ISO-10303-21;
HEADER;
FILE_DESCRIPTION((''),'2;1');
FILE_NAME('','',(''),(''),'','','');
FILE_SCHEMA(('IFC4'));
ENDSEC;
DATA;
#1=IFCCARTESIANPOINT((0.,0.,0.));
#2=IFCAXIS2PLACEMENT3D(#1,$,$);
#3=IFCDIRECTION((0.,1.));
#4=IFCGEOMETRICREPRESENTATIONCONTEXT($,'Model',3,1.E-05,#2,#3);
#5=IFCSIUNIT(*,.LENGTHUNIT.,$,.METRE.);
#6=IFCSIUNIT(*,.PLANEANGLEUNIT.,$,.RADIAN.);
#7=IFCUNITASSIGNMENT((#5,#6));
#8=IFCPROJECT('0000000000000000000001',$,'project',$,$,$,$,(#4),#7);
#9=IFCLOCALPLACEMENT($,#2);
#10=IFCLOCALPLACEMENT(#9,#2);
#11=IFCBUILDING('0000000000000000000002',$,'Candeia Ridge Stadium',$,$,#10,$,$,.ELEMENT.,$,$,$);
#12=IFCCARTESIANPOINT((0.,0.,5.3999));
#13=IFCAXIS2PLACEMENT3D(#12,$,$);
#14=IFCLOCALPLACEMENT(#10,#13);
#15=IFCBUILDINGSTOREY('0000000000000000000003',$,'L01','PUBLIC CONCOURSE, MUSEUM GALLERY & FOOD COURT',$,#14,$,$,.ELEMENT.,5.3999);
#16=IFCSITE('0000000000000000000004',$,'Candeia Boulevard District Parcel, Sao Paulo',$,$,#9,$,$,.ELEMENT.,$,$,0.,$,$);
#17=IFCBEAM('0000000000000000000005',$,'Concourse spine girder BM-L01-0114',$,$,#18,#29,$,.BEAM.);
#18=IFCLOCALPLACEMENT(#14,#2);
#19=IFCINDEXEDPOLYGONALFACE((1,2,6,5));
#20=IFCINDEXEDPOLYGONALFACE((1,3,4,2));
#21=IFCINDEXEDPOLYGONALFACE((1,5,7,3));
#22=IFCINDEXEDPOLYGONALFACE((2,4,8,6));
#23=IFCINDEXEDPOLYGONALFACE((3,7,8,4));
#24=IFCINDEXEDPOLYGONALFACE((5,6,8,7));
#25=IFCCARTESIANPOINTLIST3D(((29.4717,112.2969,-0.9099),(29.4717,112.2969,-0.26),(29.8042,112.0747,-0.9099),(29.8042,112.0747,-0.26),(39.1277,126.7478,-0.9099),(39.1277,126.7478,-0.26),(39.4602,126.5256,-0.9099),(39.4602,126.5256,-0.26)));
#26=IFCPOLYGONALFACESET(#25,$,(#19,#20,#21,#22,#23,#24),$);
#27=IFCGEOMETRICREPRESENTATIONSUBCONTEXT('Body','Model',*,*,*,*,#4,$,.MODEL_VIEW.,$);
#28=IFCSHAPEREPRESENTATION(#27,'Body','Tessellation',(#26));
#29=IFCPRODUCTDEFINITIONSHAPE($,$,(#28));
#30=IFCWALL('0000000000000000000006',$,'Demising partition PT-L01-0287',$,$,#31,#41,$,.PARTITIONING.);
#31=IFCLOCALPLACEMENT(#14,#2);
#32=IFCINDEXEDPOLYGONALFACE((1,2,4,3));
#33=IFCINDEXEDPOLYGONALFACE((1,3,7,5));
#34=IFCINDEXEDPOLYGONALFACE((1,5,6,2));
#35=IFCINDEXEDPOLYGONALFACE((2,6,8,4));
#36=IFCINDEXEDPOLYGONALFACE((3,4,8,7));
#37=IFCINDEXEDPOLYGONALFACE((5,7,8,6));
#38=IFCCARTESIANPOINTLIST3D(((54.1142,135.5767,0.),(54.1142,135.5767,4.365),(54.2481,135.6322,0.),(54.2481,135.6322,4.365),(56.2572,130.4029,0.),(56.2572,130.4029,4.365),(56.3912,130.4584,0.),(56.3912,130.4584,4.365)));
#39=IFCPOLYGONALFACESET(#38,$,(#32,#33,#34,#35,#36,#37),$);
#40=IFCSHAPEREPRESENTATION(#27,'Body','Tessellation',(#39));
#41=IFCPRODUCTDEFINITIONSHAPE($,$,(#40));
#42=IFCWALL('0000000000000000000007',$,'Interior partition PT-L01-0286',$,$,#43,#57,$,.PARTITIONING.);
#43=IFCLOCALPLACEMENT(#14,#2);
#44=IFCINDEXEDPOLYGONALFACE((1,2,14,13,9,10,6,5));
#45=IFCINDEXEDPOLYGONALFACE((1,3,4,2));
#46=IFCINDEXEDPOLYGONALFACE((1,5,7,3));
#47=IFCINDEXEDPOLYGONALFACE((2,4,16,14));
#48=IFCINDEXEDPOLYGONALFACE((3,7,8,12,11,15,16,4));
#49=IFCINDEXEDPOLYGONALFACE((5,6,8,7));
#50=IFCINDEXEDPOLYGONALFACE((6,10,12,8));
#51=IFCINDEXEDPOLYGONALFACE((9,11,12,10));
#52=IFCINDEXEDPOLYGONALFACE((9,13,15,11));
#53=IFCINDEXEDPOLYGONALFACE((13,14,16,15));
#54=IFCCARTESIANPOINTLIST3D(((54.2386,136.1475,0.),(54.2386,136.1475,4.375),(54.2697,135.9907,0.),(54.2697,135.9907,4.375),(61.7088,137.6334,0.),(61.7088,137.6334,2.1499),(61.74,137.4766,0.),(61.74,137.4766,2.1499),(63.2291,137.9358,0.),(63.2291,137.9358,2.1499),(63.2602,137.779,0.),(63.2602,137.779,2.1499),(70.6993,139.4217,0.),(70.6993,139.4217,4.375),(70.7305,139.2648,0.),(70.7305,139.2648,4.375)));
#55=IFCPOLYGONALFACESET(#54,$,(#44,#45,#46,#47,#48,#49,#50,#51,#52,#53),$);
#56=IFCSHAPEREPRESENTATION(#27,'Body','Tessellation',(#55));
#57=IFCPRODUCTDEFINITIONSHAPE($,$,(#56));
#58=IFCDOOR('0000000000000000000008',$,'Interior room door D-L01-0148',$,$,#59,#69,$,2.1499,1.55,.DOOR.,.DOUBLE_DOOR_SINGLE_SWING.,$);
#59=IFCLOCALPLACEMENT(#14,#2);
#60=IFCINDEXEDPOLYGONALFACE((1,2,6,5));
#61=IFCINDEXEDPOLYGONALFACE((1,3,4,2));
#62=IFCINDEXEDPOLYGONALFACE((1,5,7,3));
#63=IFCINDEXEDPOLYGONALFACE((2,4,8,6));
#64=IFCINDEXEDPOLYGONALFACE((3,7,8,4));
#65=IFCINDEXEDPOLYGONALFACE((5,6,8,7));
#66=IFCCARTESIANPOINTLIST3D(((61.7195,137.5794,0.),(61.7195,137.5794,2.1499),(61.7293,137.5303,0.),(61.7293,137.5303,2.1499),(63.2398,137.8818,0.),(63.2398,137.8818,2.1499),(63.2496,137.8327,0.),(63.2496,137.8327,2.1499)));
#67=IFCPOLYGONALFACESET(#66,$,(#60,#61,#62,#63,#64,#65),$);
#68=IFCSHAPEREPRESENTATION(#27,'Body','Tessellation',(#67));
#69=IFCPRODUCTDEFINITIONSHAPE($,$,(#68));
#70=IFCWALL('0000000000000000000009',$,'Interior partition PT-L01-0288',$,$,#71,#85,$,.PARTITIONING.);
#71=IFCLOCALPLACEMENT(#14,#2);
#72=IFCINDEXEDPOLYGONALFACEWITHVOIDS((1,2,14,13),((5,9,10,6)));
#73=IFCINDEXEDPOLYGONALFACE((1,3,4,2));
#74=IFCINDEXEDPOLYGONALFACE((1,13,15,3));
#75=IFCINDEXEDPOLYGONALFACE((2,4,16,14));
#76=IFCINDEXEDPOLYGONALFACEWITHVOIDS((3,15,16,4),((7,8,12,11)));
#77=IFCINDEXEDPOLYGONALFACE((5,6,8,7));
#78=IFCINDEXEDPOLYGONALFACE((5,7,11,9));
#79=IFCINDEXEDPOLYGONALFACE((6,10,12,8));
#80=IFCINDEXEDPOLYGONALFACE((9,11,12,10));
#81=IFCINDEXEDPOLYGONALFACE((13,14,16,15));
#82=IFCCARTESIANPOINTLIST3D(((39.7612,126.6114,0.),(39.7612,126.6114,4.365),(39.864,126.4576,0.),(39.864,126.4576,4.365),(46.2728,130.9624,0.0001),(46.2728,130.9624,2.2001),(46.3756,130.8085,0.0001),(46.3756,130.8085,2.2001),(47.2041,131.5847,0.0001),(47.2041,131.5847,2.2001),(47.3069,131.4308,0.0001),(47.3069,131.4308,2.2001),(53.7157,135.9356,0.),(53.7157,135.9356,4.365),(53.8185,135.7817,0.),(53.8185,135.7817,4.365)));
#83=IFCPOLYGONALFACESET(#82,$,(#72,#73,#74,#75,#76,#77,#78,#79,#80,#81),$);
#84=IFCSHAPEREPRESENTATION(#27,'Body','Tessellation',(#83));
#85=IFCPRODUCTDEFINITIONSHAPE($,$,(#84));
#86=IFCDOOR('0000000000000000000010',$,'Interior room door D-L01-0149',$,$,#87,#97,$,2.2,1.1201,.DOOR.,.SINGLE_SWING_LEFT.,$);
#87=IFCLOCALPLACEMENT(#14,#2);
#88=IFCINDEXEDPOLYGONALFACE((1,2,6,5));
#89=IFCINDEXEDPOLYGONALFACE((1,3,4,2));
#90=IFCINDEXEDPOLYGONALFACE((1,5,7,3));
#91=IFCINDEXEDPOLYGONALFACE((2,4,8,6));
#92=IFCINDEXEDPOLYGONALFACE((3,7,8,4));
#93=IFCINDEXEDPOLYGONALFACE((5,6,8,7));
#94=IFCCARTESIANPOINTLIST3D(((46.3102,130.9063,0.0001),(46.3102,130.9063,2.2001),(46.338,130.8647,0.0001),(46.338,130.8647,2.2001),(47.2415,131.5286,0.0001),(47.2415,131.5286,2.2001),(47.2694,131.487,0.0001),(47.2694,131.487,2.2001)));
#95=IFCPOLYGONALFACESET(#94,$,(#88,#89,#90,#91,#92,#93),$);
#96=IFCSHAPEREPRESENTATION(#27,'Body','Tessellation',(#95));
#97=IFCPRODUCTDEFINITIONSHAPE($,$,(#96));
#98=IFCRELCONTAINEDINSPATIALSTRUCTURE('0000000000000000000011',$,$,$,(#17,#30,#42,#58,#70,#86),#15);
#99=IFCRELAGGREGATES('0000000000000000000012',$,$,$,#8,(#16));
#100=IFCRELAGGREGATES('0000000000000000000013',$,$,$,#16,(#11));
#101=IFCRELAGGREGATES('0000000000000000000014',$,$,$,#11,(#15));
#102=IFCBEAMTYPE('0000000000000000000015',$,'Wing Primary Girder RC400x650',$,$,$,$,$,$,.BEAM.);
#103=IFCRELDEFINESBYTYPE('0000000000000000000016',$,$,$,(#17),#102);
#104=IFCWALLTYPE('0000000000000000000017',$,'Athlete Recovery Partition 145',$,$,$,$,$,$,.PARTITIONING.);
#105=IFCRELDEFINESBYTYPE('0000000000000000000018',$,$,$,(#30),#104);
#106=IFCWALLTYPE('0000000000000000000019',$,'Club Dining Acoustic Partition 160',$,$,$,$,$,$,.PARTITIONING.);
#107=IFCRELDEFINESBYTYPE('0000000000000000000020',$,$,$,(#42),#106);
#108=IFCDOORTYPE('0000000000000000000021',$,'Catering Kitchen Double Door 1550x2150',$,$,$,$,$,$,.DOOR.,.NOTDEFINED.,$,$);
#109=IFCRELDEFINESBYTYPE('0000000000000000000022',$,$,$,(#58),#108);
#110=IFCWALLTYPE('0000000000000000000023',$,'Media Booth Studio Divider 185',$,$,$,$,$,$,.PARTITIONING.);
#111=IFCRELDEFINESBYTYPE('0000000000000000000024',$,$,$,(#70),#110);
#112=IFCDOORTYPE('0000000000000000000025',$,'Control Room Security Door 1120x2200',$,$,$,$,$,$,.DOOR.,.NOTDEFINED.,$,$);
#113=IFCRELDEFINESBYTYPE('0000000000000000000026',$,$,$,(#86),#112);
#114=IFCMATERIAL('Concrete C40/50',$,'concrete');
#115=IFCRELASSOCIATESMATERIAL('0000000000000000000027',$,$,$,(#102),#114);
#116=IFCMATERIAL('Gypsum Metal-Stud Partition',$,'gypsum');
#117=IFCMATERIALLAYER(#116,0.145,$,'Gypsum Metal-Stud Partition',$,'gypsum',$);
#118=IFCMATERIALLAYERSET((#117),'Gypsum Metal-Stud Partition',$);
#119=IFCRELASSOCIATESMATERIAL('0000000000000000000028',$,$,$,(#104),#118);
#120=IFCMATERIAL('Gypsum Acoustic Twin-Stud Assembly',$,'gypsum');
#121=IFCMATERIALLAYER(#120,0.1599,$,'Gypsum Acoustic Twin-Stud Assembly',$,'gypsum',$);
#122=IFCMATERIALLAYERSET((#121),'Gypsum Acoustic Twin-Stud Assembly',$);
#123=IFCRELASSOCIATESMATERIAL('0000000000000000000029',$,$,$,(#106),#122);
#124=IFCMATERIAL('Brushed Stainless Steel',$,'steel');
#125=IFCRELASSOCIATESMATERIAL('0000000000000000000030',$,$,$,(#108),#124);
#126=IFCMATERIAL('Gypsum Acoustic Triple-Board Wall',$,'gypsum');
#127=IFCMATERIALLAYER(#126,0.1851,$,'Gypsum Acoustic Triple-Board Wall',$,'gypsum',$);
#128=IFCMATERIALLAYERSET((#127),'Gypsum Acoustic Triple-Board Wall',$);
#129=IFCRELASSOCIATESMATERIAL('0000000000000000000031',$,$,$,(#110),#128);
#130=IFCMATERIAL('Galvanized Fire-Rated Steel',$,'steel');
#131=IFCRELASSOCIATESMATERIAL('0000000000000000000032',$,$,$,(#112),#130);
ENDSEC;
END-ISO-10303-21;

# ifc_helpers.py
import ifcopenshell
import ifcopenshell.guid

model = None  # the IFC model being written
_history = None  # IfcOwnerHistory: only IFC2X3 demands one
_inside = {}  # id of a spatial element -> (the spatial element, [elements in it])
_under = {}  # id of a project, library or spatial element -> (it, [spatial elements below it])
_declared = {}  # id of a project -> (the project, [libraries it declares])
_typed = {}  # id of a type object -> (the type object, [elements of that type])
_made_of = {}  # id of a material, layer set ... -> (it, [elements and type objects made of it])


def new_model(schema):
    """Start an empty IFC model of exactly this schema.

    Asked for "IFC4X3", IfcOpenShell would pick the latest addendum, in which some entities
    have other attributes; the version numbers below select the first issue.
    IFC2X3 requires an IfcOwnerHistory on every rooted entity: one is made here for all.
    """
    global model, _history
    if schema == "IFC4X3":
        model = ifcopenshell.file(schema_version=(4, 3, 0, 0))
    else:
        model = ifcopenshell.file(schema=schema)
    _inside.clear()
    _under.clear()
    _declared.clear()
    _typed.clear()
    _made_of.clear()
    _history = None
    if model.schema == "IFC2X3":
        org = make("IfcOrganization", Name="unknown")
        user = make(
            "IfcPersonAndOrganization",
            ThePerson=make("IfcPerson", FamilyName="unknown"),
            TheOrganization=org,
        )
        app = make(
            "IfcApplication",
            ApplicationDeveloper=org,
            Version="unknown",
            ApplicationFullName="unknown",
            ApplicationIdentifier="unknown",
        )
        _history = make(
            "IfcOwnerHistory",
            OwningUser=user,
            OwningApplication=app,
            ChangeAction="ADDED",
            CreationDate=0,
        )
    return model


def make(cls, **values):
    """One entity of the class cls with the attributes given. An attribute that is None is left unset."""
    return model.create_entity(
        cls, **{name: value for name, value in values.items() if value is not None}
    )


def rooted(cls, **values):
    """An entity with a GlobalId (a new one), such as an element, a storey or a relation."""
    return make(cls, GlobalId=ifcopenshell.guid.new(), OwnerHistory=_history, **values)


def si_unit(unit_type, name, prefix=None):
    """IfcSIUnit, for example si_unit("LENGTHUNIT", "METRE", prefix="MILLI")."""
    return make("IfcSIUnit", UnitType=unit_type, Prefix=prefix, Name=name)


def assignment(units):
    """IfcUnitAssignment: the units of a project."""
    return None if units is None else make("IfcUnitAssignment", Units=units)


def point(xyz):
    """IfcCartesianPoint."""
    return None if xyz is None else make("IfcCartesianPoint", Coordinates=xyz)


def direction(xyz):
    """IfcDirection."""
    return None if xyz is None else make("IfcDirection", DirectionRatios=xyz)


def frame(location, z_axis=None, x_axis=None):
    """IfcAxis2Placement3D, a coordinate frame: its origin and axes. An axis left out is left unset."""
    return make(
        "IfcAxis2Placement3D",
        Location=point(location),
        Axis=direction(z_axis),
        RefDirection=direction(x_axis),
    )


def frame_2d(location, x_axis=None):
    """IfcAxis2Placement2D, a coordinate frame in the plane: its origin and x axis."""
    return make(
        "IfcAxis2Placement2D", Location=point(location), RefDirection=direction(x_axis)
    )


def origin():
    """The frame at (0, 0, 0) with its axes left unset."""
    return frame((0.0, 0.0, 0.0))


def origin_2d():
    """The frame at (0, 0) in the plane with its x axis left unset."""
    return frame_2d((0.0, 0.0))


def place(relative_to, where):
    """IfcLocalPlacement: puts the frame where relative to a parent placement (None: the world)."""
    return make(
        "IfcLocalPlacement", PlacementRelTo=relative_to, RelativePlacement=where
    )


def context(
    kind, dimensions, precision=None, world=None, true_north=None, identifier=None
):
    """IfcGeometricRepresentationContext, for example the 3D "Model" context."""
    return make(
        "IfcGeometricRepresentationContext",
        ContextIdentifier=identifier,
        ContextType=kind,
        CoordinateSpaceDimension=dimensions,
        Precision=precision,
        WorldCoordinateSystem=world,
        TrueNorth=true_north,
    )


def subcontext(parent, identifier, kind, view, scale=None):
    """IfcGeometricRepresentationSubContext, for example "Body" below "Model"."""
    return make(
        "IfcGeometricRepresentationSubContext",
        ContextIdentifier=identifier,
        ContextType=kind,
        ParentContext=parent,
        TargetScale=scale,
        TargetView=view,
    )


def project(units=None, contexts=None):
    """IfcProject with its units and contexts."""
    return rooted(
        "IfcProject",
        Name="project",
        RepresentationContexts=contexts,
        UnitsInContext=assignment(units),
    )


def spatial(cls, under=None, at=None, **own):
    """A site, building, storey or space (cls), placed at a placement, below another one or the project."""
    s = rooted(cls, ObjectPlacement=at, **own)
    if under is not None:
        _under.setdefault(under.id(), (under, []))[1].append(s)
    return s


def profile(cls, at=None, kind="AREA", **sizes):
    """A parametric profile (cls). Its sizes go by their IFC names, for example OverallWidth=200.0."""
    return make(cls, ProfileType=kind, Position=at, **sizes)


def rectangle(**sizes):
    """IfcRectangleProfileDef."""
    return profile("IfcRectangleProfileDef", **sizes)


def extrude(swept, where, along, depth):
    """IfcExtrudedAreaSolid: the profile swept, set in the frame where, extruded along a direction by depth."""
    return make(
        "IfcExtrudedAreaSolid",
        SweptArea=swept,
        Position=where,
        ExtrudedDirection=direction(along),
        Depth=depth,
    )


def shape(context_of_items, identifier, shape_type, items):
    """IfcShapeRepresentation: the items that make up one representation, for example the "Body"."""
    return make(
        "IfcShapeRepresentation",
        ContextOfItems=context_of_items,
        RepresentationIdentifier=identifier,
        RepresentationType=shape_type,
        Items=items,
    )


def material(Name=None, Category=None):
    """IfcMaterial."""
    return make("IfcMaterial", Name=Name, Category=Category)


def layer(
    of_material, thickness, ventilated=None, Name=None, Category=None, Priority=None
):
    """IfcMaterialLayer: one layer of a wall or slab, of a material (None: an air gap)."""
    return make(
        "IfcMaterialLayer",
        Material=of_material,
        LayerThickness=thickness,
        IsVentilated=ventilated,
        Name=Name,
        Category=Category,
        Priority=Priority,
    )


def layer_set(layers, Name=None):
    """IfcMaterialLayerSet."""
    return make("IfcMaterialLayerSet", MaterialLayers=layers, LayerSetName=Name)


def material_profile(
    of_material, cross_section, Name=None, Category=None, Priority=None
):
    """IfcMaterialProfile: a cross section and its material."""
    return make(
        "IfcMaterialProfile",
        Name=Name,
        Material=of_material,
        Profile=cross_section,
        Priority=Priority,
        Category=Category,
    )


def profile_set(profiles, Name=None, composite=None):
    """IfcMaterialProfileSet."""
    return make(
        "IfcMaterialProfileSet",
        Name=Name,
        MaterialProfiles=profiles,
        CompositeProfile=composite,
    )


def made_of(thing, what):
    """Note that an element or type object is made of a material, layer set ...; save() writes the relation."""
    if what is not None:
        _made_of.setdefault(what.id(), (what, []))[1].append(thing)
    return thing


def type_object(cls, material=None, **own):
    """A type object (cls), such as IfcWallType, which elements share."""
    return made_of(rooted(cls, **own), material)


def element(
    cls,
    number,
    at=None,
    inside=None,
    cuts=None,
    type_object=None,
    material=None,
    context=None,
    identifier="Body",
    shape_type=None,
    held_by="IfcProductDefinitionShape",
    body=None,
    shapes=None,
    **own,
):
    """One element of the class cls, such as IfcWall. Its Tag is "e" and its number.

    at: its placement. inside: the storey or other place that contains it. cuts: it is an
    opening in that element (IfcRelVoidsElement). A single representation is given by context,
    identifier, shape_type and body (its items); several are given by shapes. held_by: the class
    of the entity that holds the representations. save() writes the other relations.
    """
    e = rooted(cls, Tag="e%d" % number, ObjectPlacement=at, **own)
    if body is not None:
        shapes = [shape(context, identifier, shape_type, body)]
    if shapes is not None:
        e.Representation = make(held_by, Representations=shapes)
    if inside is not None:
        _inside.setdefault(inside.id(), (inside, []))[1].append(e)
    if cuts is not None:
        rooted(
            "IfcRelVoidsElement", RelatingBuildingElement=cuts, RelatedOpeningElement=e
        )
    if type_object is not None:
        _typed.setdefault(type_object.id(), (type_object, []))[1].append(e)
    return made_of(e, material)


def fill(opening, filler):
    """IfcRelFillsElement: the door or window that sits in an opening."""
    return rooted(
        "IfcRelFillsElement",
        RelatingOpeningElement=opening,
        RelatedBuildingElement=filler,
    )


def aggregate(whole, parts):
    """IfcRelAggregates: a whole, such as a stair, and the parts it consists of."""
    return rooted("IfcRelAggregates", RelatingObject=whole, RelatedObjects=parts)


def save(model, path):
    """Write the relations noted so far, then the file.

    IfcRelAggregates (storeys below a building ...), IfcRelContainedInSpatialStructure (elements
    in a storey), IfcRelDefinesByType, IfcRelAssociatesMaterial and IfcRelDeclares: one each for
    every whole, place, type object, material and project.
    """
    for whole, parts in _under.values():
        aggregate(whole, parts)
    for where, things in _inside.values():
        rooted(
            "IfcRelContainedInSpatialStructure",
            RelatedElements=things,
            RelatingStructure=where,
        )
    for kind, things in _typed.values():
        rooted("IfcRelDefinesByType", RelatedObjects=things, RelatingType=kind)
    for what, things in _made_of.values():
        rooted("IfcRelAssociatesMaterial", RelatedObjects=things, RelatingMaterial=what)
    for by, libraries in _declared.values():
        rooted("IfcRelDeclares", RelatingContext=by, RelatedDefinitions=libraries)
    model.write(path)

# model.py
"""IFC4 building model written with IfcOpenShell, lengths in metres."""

from ifc_helpers import new_model, si_unit, direction, frame, frame_2d, origin, origin_2d, place, context, subcontext, project, spatial, rectangle, extrude, material, layer, layer_set, material_profile, profile_set, type_object, element, fill, save


model = new_model("IFC4")

# Units and contexts
model_context = context("Model", 3, precision=1e-05, world=origin(), true_north=direction((0.0, 1.0)))
body_context = subcontext(model_context, "Body", "Model", "MODEL_VIEW")
ifc_project = project(units=[si_unit("LENGTHUNIT", "METRE"), si_unit("PLANEANGLEUNIT", "RADIAN")], contexts=[model_context])

# Site, building, storey
site_placement = place(None, origin())
site = spatial("IfcSite", under=ifc_project, at=site_placement, Name="Candeia Boulevard District Parcel, Sao Paulo", CompositionType="ELEMENT", RefElevation=0.0)
building_placement = place(site_placement, origin())
building = spatial("IfcBuilding", under=site, at=building_placement, Name="Candeia Ridge Stadium", CompositionType="ELEMENT")
storey_placement = place(building_placement, frame((0.0, 0.0, 5.3999)))
storey = spatial("IfcBuildingStorey", under=building, at=storey_placement, Name="L01", Description="PUBLIC CONCOURSE, MUSEUM GALLERY & FOOD COURT", CompositionType="ELEMENT", Elevation=5.3999)

# Shared definitions
ifc_material_1 = material(Name="Concrete C40/50", Category="concrete")

# Beam
ifc_material_profile_1 = material_profile(ifc_material_1, rectangle(XDim=0.3999, YDim=0.6499, at=origin_2d()), Name="RC400x650", Category="concrete")
ifc_profile_set_1 = profile_set([ifc_material_profile_1], Name="Concrete C40/50")
beam_type_1 = type_object("IfcBeamType", Name="Wing Primary Girder RC400x650", PredefinedType="BEAM", material=ifc_profile_set_1)
beam_1_placement = place(storey_placement, frame((39.2939, 126.6367, -0.585), z_axis=(-0.555578, -0.831464, 0.0), x_axis=(0.831464, -0.555578, 0.0)))
element("IfcBeam", 1, at=beam_1_placement, inside=storey, type_object=beam_type_1, Name="Concourse spine girder BM-L01-0114", PredefinedType="BEAM", context=body_context, shape_type="SweptSolid", body=[
    extrude(rectangle(XDim=0.3999, YDim=0.6499, at=origin_2d()), origin(), (0.0, 0.0, 1.0), 17.3801),
])

# Wall
ifc_material_2 = material(Name="Gypsum Metal-Stud Partition", Category="gypsum")
ifc_layer_1 = layer(ifc_material_2, 0.145, Name="Gypsum Metal-Stud Partition", Category="gypsum")
ifc_layer_set_1 = layer_set([ifc_layer_1], Name="Gypsum Metal-Stud Partition")
wall_type_1 = type_object("IfcWallType", Name="Athlete Recovery Partition 145", PredefinedType="PARTITIONING", material=ifc_layer_set_1)
wall_1_placement = place(storey_placement, frame((56.3242, 130.4307, 0.0), z_axis=(0.0, 0.0, 1.0), x_axis=(-0.382683, 0.92388, 0.0)))
element("IfcWall", 2, at=wall_1_placement, inside=storey, type_object=wall_type_1, Name="Demising partition PT-L01-0287", PredefinedType="PARTITIONING", context=body_context, shape_type="SweptSolid", body=[
    extrude(rectangle(XDim=5.6001, YDim=0.145, at=frame_2d((2.8, 0.0))), origin(), (0.0, 0.0, 1.0), 4.365),
])

# Walls, openings, doors
ifc_material_3 = material(Name="Gypsum Acoustic Twin-Stud Assembly", Category="gypsum")
ifc_layer_2 = layer(ifc_material_3, 0.1599, Name="Gypsum Acoustic Twin-Stud Assembly", Category="gypsum")
ifc_layer_set_2 = layer_set([ifc_layer_2], Name="Gypsum Acoustic Twin-Stud Assembly")
wall_type_2 = type_object("IfcWallType", Name="Club Dining Acoustic Partition 160", PredefinedType="PARTITIONING", material=ifc_layer_set_2)
wall_2_placement = place(storey_placement, frame((54.2542, 136.0691, 0.0), z_axis=(0.0, 0.0, 1.0), x_axis=(0.980786, 0.195087, 0.0)))
wall_2 = element("IfcWall", 3, at=wall_2_placement, inside=storey, type_object=wall_type_2, Name="Interior partition PT-L01-0286", PredefinedType="PARTITIONING", context=body_context, shape_type="SweptSolid", body=[
    extrude(rectangle(XDim=16.7832, YDim=0.1599, at=frame_2d((8.3916, 0.0))), origin(), (0.0, 0.0, 1.0), 4.375),
])
opening_1_placement = place(wall_2_placement, frame((7.6167, 0.0, 0.0)))
opening_1 = element("IfcOpeningElement", 4, at=opening_1_placement, cuts=wall_2, PredefinedType="OPENING", context=body_context, shape_type="SweptSolid", body=[
    extrude(rectangle(XDim=1.55, YDim=2.1499, at=frame_2d((0.7749, 1.075))), frame((0.0, 0.0898, 0.0), z_axis=(0.0, -1.0, 0.0), x_axis=(1.0, 0.0, 0.0)), (0.0, 0.0, 1.0), 0.1799),
])
ifc_material_4 = material(Name="Brushed Stainless Steel", Category="steel")
door_type_1 = type_object("IfcDoorType", Name="Catering Kitchen Double Door 1550x2150", OperationType="NOTDEFINED", PredefinedType="DOOR", material=ifc_material_4)
door_1_placement = place(opening_1_placement, origin())
door_1 = element("IfcDoor", 5, at=door_1_placement, inside=storey, type_object=door_type_1, Name="Interior room door D-L01-0148", OperationType="DOUBLE_DOOR_SINGLE_SWING", OverallHeight=2.1499, OverallWidth=1.55, PredefinedType="DOOR", context=body_context, shape_type="SweptSolid", body=[
    extrude(rectangle(XDim=1.55, YDim=2.1499, at=frame_2d((0.7749, 1.075))), frame((0.0, 0.0249, 0.0), z_axis=(0.0, -1.0, 0.0), x_axis=(1.0, 0.0, 0.0)), (0.0, 0.0, 1.0), 0.05),
])
fill(opening_1, door_1)
ifc_material_5 = material(Name="Gypsum Acoustic Triple-Board Wall", Category="gypsum")
ifc_layer_3 = layer(ifc_material_5, 0.1851, Name="Gypsum Acoustic Triple-Board Wall", Category="gypsum")
ifc_layer_set_3 = layer_set([ifc_layer_3], Name="Gypsum Acoustic Triple-Board Wall")
wall_type_3 = type_object("IfcWallType", Name="Media Booth Studio Divider 185", PredefinedType="PARTITIONING", material=ifc_layer_set_3)
wall_3_placement = place(storey_placement, frame((39.8125, 126.5344, 0.0), z_axis=(0.0, 0.0, 1.0), x_axis=(0.831468, 0.555573, 0.0)))
wall_3 = element("IfcWall", 6, at=wall_3_placement, inside=storey, type_object=wall_type_3, Name="Interior partition PT-L01-0288", PredefinedType="PARTITIONING", context=body_context, shape_type="SweptSolid", body=[
    extrude(rectangle(XDim=16.783, YDim=0.1851, at=frame_2d((8.3916, 0.0))), origin(), (0.0, 0.0, 1.0), 4.365),
])
opening_2_placement = place(wall_3_placement, frame((7.8315, 0.0, 0.0)))
opening_2 = element("IfcOpeningElement", 7, at=opening_2_placement, cuts=wall_3, PredefinedType="OPENING", context=body_context, shape_type="SweptSolid", body=[
    extrude(rectangle(XDim=1.1201, YDim=2.2, at=frame_2d((0.5601, 1.1001))), frame((0.0, 0.1025, 0.0), z_axis=(0.0, -1.0, 0.0), x_axis=(1.0, 0.0, 0.0)), (0.0, 0.0, 1.0), 0.2051),
])
ifc_material_6 = material(Name="Galvanized Fire-Rated Steel", Category="steel")
door_type_2 = type_object("IfcDoorType", Name="Control Room Security Door 1120x2200", OperationType="NOTDEFINED", PredefinedType="DOOR", material=ifc_material_6)
door_2_placement = place(opening_2_placement, frame((1.1201, 0.0, 0.0), z_axis=(0.0, 0.0, 1.0), x_axis=(-1.0, 0.0, 0.0)))
door_2 = element("IfcDoor", 8, at=door_2_placement, inside=storey, type_object=door_type_2, Name="Interior room door D-L01-0149", OperationType="SINGLE_SWING_LEFT", OverallHeight=2.2, OverallWidth=1.1201, PredefinedType="DOOR", context=body_context, shape_type="SweptSolid", body=[
    extrude(rectangle(XDim=1.1201, YDim=2.2, at=frame_2d((0.5601, 1.1001))), frame((0.0, 0.0249, 0.0), z_axis=(0.0, -1.0, 0.0), x_axis=(1.0, 0.0, 0.0)), (0.0, 0.0, 1.0), 0.05),
])
fill(opening_2, door_2)

save(model, "model.ifc")
